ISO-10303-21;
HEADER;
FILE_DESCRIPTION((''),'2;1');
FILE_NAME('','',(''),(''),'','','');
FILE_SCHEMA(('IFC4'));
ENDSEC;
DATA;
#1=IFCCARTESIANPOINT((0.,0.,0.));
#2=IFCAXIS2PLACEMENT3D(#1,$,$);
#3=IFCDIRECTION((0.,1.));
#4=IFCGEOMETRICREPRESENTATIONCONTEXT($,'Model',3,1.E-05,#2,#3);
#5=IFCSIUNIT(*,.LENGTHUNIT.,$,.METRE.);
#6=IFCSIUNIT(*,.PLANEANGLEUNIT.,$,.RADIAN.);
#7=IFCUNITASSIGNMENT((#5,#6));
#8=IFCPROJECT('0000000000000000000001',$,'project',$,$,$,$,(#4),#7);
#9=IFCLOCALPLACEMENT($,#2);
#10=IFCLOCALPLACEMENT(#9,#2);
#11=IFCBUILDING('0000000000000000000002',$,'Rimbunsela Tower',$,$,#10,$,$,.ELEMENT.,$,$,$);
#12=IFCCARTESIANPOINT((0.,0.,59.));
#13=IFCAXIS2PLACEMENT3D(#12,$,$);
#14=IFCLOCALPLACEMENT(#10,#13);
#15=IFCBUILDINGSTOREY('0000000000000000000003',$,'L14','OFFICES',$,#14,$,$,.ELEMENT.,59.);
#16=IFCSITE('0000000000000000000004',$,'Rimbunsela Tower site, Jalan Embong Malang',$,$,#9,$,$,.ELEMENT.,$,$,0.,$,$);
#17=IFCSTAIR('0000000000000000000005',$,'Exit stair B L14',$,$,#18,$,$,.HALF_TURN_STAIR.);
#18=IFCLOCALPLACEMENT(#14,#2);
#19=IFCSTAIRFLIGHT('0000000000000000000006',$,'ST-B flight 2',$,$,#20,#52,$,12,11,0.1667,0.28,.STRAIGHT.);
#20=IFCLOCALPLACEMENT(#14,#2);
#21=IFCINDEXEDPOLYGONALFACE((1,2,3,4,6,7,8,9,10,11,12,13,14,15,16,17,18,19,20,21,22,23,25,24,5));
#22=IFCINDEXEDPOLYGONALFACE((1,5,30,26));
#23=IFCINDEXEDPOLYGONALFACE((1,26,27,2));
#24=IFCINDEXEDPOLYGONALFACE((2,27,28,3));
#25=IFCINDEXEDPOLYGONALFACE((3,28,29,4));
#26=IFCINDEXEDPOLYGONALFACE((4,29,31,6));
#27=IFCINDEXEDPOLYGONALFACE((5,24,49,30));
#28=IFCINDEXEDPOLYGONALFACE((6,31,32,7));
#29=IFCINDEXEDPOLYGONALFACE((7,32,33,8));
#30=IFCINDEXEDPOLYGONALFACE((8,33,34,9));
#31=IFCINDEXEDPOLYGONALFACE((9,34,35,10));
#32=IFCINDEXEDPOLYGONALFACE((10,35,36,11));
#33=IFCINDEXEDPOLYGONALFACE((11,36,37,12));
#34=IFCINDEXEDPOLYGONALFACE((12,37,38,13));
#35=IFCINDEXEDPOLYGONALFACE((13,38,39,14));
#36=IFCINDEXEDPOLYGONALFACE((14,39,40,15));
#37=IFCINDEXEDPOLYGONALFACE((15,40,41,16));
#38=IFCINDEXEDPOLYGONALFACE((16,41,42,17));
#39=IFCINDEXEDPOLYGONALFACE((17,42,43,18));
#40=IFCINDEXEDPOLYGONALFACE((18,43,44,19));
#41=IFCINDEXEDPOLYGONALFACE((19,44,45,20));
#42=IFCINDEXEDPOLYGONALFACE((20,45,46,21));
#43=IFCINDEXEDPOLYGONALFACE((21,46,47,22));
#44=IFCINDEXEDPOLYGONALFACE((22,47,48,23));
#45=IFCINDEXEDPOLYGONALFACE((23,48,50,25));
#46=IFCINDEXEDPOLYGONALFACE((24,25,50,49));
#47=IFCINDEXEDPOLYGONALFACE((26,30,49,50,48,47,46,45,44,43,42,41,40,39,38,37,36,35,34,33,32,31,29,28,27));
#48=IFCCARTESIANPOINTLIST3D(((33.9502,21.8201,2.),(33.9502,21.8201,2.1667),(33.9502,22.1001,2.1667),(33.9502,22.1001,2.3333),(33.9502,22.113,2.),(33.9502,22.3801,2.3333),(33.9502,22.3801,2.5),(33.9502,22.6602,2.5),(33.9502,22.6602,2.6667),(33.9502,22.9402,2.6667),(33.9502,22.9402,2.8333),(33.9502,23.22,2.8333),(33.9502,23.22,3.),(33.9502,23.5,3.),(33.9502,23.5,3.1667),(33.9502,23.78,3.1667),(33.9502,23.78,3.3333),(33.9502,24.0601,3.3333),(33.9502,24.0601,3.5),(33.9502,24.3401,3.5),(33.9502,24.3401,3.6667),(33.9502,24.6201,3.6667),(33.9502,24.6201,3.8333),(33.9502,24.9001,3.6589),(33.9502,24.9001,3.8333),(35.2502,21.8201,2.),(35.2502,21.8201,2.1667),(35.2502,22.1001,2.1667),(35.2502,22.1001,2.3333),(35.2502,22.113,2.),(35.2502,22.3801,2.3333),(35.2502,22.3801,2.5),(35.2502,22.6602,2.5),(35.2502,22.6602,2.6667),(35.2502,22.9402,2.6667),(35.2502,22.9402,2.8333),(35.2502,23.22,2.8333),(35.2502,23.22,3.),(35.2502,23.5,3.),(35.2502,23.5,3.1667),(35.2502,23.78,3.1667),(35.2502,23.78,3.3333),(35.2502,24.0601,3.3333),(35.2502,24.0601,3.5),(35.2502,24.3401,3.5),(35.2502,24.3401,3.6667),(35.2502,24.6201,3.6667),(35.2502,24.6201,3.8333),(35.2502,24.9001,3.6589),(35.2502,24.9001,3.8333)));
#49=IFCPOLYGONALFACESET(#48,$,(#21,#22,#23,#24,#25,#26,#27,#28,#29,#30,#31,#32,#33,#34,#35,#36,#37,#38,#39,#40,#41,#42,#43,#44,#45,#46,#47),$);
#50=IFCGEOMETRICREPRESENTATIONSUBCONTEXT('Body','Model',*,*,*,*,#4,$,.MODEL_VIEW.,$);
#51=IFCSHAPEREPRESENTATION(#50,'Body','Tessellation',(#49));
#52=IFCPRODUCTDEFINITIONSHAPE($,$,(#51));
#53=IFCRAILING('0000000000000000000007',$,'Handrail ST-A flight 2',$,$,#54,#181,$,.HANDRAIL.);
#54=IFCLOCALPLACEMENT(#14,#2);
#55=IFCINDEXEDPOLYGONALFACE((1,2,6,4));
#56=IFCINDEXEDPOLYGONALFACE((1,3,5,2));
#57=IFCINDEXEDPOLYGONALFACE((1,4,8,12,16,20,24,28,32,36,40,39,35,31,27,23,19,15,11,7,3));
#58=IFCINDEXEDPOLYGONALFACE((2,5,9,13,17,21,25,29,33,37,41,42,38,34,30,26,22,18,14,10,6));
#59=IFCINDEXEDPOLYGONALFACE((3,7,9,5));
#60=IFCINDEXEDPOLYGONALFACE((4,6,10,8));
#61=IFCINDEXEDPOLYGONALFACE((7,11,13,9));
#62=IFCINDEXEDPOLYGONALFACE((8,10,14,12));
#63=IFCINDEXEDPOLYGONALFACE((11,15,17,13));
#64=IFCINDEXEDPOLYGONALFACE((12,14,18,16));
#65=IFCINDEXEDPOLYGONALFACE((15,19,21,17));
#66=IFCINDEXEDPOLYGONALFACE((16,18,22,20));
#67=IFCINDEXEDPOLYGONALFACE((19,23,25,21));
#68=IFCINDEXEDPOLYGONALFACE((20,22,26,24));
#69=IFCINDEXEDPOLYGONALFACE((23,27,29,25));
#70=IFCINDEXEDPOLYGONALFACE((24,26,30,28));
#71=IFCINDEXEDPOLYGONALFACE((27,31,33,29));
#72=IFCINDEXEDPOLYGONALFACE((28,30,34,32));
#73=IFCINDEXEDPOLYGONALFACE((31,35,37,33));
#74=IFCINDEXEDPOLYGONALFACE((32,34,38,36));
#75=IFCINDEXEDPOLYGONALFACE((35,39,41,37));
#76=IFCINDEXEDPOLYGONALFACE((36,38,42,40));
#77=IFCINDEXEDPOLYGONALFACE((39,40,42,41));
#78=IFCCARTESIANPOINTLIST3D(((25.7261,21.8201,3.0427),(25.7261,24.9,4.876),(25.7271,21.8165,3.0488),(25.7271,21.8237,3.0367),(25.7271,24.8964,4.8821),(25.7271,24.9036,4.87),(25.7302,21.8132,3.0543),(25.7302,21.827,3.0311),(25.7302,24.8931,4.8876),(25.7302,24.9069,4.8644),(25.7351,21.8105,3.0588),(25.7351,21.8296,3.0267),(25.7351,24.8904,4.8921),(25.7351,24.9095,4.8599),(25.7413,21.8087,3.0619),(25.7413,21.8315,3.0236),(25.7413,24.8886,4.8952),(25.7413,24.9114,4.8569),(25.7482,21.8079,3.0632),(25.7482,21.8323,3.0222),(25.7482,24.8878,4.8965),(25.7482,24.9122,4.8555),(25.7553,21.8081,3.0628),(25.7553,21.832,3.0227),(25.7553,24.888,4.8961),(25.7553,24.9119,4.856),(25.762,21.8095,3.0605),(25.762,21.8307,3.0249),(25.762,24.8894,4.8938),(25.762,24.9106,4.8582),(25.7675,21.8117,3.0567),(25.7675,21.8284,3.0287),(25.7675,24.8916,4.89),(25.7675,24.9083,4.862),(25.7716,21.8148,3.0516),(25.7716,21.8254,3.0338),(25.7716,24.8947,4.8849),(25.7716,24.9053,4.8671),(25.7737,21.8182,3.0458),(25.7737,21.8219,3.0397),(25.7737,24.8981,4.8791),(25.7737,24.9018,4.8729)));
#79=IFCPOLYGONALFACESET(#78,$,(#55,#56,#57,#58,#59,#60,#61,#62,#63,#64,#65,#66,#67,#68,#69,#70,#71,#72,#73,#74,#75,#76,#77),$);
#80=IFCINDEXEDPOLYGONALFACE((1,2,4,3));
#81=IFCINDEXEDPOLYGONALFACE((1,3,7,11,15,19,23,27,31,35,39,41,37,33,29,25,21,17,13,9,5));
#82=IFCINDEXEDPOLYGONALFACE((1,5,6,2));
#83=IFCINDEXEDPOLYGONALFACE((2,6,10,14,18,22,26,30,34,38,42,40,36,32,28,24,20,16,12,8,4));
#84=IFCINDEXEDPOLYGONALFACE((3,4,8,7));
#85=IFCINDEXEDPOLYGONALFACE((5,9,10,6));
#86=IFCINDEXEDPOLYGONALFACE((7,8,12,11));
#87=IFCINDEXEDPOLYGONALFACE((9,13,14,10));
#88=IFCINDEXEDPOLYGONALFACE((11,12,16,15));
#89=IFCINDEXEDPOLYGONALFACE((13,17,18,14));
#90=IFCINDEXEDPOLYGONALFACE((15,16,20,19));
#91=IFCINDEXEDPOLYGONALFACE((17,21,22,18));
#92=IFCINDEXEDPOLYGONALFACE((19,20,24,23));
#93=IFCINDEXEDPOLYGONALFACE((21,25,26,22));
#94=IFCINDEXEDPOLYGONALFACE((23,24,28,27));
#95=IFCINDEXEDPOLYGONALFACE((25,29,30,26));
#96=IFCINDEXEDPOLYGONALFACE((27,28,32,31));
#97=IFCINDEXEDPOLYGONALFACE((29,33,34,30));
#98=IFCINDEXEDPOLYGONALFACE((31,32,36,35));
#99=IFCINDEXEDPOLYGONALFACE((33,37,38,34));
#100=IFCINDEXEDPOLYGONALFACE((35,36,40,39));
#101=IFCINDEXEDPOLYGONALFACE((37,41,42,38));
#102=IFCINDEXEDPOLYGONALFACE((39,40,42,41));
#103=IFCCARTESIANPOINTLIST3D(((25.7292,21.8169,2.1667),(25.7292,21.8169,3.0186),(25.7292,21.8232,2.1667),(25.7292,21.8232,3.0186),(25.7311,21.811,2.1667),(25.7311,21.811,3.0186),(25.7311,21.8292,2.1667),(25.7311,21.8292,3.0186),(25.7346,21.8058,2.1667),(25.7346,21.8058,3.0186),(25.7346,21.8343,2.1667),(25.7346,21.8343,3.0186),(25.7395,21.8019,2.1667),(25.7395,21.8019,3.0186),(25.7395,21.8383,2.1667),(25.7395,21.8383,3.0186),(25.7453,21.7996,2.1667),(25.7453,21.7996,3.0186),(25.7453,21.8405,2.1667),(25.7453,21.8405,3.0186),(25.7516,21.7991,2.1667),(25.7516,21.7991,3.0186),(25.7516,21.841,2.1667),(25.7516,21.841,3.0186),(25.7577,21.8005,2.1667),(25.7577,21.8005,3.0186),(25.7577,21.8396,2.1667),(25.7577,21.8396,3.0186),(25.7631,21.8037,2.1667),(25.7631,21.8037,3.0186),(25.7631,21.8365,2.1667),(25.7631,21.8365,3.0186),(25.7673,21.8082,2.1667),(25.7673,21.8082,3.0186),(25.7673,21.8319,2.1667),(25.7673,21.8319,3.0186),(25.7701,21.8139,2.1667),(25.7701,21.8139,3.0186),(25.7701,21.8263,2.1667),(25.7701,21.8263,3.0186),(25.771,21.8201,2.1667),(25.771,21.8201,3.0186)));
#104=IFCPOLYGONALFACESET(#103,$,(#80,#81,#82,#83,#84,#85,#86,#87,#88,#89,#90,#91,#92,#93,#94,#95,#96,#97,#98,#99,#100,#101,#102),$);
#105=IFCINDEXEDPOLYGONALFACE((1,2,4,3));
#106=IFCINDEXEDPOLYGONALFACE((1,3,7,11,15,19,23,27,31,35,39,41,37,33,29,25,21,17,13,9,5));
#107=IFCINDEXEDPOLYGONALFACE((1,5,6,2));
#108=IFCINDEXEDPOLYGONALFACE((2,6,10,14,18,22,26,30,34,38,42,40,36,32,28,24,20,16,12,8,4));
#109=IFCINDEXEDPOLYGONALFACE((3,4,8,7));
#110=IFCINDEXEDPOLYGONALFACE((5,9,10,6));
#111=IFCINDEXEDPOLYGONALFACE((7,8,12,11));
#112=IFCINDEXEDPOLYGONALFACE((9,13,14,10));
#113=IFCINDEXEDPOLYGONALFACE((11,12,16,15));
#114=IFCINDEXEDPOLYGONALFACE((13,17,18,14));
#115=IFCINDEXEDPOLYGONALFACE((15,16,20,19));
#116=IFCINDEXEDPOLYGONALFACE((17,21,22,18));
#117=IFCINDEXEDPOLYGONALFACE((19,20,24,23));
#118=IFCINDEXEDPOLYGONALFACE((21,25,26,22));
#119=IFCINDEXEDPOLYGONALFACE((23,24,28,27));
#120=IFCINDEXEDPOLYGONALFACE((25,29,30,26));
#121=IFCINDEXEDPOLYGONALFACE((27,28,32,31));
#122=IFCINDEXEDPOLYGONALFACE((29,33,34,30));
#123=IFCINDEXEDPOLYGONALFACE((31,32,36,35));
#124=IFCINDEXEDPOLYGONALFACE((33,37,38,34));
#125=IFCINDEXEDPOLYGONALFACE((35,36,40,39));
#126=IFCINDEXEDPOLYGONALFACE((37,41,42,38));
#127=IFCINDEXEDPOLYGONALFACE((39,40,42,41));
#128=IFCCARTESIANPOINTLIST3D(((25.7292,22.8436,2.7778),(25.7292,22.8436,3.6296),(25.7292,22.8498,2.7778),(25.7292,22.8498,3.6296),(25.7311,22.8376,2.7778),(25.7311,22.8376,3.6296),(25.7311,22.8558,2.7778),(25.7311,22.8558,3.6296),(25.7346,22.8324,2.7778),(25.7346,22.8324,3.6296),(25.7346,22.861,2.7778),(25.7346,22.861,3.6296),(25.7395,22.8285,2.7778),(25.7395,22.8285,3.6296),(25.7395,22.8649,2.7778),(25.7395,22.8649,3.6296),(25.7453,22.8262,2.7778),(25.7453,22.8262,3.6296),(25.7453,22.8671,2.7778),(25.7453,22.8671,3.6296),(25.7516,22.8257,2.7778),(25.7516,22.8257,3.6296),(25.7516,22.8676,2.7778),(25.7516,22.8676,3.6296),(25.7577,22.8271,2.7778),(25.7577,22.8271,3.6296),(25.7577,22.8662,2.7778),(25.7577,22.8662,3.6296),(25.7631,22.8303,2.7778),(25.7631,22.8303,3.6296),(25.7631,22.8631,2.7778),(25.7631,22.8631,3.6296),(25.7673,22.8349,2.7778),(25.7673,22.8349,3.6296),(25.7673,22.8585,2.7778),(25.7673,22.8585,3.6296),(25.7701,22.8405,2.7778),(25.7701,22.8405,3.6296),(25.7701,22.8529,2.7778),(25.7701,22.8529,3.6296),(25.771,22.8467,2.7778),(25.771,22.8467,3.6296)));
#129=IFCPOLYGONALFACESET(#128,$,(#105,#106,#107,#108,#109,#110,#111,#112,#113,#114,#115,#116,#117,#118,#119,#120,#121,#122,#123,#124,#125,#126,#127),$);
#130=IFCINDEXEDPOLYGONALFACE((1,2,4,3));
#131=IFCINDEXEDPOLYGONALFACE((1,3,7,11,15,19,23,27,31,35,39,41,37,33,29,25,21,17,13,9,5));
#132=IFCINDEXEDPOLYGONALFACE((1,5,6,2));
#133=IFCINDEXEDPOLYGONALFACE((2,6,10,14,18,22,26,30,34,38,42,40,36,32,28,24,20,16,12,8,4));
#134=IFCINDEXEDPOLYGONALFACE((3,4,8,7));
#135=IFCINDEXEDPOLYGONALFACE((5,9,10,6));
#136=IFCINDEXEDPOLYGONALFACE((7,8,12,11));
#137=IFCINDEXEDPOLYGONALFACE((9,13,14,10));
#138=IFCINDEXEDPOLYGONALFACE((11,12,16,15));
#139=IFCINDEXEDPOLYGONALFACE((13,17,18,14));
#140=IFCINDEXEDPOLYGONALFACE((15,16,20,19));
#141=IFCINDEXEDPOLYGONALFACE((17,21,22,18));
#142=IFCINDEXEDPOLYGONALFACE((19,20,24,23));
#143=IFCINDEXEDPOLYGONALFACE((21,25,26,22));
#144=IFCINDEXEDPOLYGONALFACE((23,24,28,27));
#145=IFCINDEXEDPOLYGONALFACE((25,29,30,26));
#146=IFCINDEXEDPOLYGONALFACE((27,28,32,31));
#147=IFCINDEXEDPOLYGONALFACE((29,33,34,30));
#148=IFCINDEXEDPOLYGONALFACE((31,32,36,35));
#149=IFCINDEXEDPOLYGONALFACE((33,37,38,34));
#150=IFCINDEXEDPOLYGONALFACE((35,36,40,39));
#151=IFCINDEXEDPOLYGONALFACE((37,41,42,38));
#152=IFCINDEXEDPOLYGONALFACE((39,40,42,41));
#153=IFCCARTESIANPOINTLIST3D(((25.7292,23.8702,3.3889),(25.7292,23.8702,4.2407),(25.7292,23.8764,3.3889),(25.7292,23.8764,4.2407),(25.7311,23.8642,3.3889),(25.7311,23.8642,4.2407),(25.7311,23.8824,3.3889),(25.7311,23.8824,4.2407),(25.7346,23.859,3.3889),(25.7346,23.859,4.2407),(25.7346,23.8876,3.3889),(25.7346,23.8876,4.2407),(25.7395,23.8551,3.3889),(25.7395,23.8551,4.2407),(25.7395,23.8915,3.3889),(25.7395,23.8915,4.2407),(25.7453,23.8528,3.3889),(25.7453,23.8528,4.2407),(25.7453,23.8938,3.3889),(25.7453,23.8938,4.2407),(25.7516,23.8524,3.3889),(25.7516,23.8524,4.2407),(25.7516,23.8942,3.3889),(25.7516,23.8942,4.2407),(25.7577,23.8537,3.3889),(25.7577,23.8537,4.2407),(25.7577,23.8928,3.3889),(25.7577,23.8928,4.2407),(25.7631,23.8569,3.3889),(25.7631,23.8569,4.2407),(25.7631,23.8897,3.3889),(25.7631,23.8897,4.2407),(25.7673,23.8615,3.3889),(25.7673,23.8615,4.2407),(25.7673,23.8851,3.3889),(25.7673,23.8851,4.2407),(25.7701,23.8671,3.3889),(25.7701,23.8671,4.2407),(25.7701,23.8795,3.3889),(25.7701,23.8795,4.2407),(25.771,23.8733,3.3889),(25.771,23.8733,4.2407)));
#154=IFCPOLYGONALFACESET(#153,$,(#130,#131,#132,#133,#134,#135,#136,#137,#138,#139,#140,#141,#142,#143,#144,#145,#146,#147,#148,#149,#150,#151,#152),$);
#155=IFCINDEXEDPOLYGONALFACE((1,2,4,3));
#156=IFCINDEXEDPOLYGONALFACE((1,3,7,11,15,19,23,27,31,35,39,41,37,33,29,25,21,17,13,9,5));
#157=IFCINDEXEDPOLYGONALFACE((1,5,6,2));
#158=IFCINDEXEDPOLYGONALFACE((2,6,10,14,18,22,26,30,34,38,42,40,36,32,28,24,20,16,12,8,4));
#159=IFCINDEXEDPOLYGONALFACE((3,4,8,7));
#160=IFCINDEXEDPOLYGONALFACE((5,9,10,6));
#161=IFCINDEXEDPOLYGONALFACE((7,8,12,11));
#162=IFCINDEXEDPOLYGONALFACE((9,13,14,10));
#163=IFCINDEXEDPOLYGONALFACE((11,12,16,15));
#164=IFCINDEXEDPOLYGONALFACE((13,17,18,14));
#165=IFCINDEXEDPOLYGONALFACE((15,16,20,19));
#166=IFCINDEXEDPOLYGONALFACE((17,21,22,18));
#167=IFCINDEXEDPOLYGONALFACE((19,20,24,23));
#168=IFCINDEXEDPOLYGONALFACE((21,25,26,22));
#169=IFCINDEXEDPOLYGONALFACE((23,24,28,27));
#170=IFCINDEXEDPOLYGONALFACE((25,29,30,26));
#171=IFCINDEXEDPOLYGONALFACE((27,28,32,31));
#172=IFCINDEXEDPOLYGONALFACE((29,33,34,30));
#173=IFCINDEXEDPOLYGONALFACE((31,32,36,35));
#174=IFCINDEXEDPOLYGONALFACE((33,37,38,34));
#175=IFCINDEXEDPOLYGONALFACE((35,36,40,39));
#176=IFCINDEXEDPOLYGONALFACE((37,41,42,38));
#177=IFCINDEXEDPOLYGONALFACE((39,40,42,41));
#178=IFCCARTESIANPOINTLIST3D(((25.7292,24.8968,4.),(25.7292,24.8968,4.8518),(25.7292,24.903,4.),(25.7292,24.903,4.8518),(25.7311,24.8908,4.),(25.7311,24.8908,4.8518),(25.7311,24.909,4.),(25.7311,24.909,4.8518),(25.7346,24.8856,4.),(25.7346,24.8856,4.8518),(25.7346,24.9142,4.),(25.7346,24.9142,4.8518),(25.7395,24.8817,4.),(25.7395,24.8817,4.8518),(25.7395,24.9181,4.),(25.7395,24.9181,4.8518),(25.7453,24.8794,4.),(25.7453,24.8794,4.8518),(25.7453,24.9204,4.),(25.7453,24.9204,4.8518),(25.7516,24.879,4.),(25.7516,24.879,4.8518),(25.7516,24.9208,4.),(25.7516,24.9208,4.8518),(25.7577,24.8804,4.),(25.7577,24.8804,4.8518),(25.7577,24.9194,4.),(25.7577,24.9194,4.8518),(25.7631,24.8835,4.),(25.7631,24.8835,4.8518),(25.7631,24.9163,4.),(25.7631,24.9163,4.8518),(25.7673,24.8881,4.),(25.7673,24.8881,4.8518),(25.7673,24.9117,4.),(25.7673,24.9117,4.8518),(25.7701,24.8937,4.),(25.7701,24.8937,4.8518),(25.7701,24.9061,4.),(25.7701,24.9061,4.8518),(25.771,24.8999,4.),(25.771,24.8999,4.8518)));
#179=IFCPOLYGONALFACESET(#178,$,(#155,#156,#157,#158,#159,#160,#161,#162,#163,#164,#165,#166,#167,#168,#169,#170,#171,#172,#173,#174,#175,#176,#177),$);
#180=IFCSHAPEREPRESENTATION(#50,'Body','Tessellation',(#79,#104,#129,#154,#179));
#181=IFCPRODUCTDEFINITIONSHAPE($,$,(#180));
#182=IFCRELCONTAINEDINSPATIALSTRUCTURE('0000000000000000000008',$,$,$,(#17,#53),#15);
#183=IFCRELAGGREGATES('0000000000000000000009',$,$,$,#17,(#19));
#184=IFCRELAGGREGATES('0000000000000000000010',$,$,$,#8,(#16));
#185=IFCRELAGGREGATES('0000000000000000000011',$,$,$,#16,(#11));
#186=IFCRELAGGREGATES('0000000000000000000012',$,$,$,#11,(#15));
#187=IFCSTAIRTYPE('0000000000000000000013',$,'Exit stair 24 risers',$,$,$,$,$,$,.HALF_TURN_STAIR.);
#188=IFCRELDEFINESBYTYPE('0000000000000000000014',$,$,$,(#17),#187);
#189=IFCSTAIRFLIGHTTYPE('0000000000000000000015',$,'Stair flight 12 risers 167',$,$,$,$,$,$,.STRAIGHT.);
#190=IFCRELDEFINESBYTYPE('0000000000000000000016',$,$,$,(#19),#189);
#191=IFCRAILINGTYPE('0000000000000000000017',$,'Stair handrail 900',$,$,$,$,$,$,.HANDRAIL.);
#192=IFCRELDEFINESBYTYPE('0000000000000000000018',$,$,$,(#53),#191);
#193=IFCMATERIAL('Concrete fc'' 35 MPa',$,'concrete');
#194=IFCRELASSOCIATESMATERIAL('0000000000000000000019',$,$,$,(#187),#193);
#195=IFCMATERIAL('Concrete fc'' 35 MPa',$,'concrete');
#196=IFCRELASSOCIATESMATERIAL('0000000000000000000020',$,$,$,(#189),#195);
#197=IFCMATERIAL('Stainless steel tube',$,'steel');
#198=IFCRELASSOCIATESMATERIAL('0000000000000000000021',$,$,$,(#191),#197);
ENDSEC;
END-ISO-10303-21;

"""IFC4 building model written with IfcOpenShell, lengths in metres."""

from ifc_helpers import new_model, si_unit, direction, frame, origin, origin_2d, place, context, subcontext, project, spatial, polyline, circle, outline, extrude, material, type_object, element, aggregate, save


model = new_model("IFC4")

# Units and contexts
model_context = context("Model", 3, precision=1e-05, world=origin(), true_north=direction((0.0, 1.0)))
body_context = subcontext(model_context, "Body", "Model", "MODEL_VIEW")
ifc_project = project(units=[si_unit("LENGTHUNIT", "METRE"), si_unit("PLANEANGLEUNIT", "RADIAN")], contexts=[model_context])

# Site, building, storey
site_placement = place(None, origin())
site = spatial("IfcSite", under=ifc_project, at=site_placement, Name="Rimbunsela Tower site, Jalan Embong Malang", CompositionType="ELEMENT", RefElevation=0.0)
building_placement = place(site_placement, origin())
building = spatial("IfcBuilding", under=site, at=building_placement, Name="Rimbunsela Tower", CompositionType="ELEMENT")
storey_placement = place(building_placement, frame((0.0, 0.0, 59.0)))
storey = spatial("IfcBuildingStorey", under=building, at=storey_placement, Name="L14", Description="OFFICES", CompositionType="ELEMENT", Elevation=59.0)

# Stair, stair flight
ifc_material_1 = material(Name="Concrete fc' 35 MPa", Category="concrete")
stair_type = type_object("IfcStairType", Name="Exit stair 24 risers", PredefinedType="HALF_TURN_STAIR", material=ifc_material_1)
ifc_material_2 = material(Name="Concrete fc' 35 MPa", Category="concrete")
stair_flight_type = type_object("IfcStairFlightType", Name="Stair flight 12 risers 167", PredefinedType="STRAIGHT", material=ifc_material_2)
stair_1_placement = place(storey_placement, origin())
stair_1 = element("IfcStair", 1, at=stair_1_placement, inside=storey, type_object=stair_type, Name="Exit stair B L14", PredefinedType="HALF_TURN_STAIR")
stair_flight_1_placement = place(storey_placement, frame((34.6001, 21.8201, 2.0), z_axis=(0.0, 0.0, 1.0), x_axis=(0.0, 1.0, 0.0)))
stair_flight_1 = element("IfcStairFlight", 2, at=stair_flight_1_placement, type_object=stair_flight_type, Name="ST-B flight 2", NumberOfRisers=12, NumberOfTreads=11, PredefinedType="STRAIGHT", RiserHeight=0.1667, TreadLength=0.28, context=body_context, shape_type="SweptSolid", body=[
    extrude(outline(polyline([(0.0, 0.0), (0.0, 0.1667), (0.28, 0.1667), (0.28, 0.3333), (0.5601, 0.3333), (0.5601, 0.5), (0.8401, 0.5), (0.8401, 0.6667), (1.1201, 0.6667), (1.1201, 0.8333), (1.3999, 0.8333), (1.3999, 1.0), (1.6799, 1.0), (1.6799, 1.1667), (1.96, 1.1667), (1.96, 1.3333), (2.24, 1.3333), (2.24, 1.5), (2.52, 1.5), (2.52, 1.6667), (2.8, 1.6667), (2.8, 1.8333), (3.0801, 1.8333), (3.0801, 2.0), (3.0801, 1.6589), (0.293, 0.0), (0.0, 0.0)])), frame((0.0, 0.6499, 0.0), z_axis=(0.0, -1.0, 0.0), x_axis=(1.0, 0.0, 0.0)), (0.0, 0.0, 1.0), 1.3),
])
aggregate(stair_1, [stair_flight_1])

# Railing
ifc_material_3 = material(Name="Stainless steel tube", Category="steel")
railing_type = type_object("IfcRailingType", Name="Stair handrail 900", PredefinedType="HANDRAIL", material=ifc_material_3)
for number, where, name in (
    (3, (25.75, 21.8201, 2.1667), "Handrail ST-A flight 2"),
):
    element("IfcRailing", number, at=place(storey_placement, frame(where)), inside=storey, type_object=railing_type, Name=name, PredefinedType="HANDRAIL", context=body_context, shape_type="SweptSolid", body=[
        extrude(circle(Radius=0.0239, at=origin_2d()), frame((0.0, 0.0, 0.876), z_axis=(0.0, 0.859291, 0.511487), x_axis=(-1.0, 0.0, 0.0)), (0.0, 0.0, 1.0), 3.5842),
        extrude(circle(Radius=0.021, at=origin_2d()), origin(), (0.0, 0.0, 1.0), 0.8518),
        extrude(circle(Radius=0.021, at=origin_2d()), frame((0.0, 1.0266, 0.6111)), (0.0, 0.0, 1.0), 0.8518),
        extrude(circle(Radius=0.021, at=origin_2d()), frame((0.0, 2.0532, 1.2222)), (0.0, 0.0, 1.0), 0.8518),
        extrude(circle(Radius=0.021, at=origin_2d()), frame((0.0, 3.0798, 1.8333)), (0.0, 0.0, 1.0), 0.8518),
    ])

save(model, "model.ifc")
